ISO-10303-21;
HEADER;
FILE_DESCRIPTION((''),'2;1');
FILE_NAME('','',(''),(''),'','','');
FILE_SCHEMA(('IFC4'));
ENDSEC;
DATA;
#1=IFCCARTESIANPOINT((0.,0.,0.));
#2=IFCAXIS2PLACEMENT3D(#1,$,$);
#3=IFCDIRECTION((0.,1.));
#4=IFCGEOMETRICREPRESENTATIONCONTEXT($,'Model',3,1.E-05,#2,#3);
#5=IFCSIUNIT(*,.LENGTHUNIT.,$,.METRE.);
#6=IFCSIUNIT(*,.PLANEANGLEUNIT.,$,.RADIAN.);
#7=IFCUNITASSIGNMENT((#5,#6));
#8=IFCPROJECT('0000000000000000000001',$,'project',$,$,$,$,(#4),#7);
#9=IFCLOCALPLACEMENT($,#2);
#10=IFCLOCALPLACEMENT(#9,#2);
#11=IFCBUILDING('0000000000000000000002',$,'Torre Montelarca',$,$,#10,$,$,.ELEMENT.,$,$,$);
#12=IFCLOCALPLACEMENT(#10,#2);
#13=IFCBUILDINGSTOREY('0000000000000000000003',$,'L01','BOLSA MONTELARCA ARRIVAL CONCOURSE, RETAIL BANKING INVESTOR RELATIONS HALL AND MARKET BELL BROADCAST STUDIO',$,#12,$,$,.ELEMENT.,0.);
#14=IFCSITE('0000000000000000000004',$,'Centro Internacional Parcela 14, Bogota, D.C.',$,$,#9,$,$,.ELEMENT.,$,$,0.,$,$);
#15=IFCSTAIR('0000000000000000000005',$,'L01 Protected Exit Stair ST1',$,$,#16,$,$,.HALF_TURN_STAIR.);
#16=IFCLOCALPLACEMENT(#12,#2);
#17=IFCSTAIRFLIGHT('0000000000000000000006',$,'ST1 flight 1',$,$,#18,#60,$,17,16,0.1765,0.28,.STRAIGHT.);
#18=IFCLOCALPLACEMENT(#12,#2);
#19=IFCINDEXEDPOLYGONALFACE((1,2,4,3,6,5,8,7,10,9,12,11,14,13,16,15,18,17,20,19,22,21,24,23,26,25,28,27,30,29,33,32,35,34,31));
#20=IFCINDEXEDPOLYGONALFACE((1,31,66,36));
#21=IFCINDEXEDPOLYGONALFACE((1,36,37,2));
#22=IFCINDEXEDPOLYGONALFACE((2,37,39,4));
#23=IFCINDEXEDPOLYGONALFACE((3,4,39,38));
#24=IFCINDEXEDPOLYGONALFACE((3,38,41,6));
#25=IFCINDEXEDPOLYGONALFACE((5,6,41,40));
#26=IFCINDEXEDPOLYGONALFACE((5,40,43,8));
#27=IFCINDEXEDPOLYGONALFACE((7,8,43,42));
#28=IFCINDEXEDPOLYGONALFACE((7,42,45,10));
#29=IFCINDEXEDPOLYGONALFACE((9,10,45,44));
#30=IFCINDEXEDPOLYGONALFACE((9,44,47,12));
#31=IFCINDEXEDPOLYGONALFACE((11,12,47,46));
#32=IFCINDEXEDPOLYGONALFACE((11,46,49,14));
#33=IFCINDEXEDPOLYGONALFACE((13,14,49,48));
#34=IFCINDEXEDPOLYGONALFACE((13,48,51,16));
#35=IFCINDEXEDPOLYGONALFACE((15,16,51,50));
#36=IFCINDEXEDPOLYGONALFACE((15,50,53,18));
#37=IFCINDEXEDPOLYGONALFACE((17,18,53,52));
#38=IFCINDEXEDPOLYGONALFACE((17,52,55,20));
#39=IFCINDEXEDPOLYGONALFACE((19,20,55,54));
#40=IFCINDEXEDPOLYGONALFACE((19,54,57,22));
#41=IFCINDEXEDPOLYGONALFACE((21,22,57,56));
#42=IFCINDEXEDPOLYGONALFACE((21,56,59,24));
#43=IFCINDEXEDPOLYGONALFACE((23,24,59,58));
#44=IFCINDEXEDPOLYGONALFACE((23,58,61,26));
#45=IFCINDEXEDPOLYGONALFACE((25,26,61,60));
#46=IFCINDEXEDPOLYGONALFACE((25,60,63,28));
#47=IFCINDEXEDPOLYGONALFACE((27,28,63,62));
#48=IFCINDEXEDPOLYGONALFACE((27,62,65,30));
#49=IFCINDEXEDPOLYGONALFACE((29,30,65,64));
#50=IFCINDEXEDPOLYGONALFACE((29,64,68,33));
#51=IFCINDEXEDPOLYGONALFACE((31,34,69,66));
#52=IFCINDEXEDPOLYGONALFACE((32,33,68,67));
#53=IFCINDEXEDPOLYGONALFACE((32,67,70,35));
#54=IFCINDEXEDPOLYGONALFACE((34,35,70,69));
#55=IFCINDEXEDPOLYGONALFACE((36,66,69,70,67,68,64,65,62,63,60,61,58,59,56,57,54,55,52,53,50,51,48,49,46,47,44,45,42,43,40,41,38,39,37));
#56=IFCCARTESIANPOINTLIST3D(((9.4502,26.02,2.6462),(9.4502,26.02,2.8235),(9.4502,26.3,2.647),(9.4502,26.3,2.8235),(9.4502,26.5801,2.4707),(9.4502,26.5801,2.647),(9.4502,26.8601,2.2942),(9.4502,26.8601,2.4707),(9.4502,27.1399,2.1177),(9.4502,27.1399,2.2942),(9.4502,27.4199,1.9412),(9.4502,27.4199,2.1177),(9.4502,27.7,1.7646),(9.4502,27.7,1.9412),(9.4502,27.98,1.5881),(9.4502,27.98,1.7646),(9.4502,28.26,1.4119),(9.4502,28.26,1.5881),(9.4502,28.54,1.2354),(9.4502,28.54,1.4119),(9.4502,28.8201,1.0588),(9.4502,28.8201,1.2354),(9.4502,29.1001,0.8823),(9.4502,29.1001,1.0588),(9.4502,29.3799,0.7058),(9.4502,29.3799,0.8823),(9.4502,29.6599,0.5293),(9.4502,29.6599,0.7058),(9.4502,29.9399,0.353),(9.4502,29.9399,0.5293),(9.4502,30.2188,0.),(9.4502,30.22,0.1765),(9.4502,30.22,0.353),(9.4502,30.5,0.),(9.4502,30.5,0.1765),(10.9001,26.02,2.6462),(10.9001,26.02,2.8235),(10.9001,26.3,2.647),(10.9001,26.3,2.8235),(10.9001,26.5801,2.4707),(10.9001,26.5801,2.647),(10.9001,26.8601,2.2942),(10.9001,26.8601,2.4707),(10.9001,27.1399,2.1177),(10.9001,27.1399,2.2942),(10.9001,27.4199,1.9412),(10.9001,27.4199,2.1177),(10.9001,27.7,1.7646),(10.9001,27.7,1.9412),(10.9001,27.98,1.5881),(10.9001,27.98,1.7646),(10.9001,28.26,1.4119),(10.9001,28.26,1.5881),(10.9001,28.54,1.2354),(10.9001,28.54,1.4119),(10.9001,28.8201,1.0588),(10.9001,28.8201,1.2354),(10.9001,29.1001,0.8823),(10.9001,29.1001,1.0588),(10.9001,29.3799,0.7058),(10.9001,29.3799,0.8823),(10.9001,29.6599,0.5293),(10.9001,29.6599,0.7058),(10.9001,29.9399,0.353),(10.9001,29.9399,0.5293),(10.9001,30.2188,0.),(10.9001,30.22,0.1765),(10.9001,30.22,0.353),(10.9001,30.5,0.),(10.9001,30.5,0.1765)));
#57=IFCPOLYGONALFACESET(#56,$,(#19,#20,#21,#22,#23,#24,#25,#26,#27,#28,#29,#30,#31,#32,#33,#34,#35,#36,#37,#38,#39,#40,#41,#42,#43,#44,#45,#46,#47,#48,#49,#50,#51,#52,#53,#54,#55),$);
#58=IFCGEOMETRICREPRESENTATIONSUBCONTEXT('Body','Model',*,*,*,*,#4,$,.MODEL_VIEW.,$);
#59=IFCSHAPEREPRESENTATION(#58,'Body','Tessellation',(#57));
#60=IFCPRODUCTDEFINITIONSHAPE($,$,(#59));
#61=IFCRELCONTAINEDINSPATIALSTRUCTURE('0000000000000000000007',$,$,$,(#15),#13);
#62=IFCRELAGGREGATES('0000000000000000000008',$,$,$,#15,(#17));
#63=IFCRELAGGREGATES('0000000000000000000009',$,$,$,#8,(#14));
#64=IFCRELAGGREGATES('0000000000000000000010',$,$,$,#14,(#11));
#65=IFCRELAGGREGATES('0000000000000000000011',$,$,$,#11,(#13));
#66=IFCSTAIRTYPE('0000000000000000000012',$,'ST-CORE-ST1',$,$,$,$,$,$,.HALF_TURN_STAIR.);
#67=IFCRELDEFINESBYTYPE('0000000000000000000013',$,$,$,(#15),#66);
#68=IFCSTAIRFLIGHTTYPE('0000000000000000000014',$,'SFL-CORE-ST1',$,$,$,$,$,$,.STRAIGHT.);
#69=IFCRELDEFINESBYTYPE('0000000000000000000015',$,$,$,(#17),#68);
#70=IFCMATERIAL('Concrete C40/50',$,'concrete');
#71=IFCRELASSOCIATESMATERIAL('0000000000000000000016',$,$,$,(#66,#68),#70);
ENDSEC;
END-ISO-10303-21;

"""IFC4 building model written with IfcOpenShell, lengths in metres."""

from ifc_helpers import new_model, si_unit, direction, frame, origin, place, context, subcontext, project, spatial, polyline, outline, extrude, material, type_object, element, aggregate, save


model = new_model("IFC4")

# Units and contexts
model_context = context("Model", 3, precision=1e-05, world=origin(), true_north=direction((0.0, 1.0)))
body_context = subcontext(model_context, "Body", "Model", "MODEL_VIEW")
ifc_project = project(units=[si_unit("LENGTHUNIT", "METRE"), si_unit("PLANEANGLEUNIT", "RADIAN")], contexts=[model_context])

# Site, building, storey
site_placement = place(None, origin())
site = spatial("IfcSite", under=ifc_project, at=site_placement, Name="Centro Internacional Parcela 14, Bogota, D.C.", CompositionType="ELEMENT", RefElevation=0.0)
building_placement = place(site_placement, origin())
building = spatial("IfcBuilding", under=site, at=building_placement, Name="Torre Montelarca", CompositionType="ELEMENT")
storey_placement = place(building_placement, origin())
storey = spatial("IfcBuildingStorey", under=building, at=storey_placement, Name="L01", Description="BOLSA MONTELARCA ARRIVAL CONCOURSE, RETAIL BANKING INVESTOR RELATIONS HALL AND MARKET BELL BROADCAST STUDIO", CompositionType="ELEMENT", Elevation=0.0)

# Shared definitions
ifc_material_1 = material(Name="Concrete C40/50", Category="concrete")

# Stair, stair flight
stair_type = type_object("IfcStairType", Name="ST-CORE-ST1", PredefinedType="HALF_TURN_STAIR", material=ifc_material_1)
stair_placement = place(storey_placement, origin())
stair = element("IfcStair", 1, at=stair_placement, inside=storey, type_object=stair_type, Name="L01 Protected Exit Stair ST1", PredefinedType="HALF_TURN_STAIR")
stair_flight_type = type_object("IfcStairFlightType", Name="SFL-CORE-ST1", PredefinedType="STRAIGHT", material=ifc_material_1)
stair_flight_placement = place(storey_placement, frame((10.175, 30.5, 0.0), z_axis=(0.0, 0.0, 1.0), x_axis=(0.0, -1.0, 0.0)))
stair_flight = element("IfcStairFlight", 2, at=stair_flight_placement, type_object=stair_flight_type, Name="ST1 flight 1", NumberOfRisers=17, NumberOfTreads=16, PredefinedType="STRAIGHT", RiserHeight=0.1765, TreadLength=0.28, context=body_context, shape_type="SweptSolid", body=[
    extrude(outline(polyline([(0.0, 0.0), (0.0, 0.1765), (0.28, 0.1765), (0.28, 0.353), (0.5601, 0.353), (0.5601, 0.5293), (0.8401, 0.5293), (0.8401, 0.7058), (1.1201, 0.7058), (1.1201, 0.8823), (1.3999, 0.8823), (1.3999, 1.0588), (1.6799, 1.0588), (1.6799, 1.2354), (1.96, 1.2354), (1.96, 1.4119), (2.24, 1.4119), (2.24, 1.5881), (2.52, 1.5881), (2.52, 1.7646), (2.8, 1.7646), (2.8, 1.9412), (3.0801, 1.9412), (3.0801, 2.1177), (3.3601, 2.1177), (3.3601, 2.2942), (3.6399, 2.2942), (3.6399, 2.4707), (3.9199, 2.4707), (3.9199, 2.647), (4.2, 2.647), (4.2, 2.8235), (4.48, 2.8235), (4.48, 3.0), (4.48, 2.6462), (0.2812, 0.0), (0.0, 0.0)])), frame((0.0, 0.7251, 0.0), z_axis=(0.0, -1.0, 0.0), x_axis=(1.0, 0.0, 0.0)), (0.0, 0.0, 1.0), 1.45),
])
aggregate(stair, [stair_flight])

save(model, "model.ifc")
